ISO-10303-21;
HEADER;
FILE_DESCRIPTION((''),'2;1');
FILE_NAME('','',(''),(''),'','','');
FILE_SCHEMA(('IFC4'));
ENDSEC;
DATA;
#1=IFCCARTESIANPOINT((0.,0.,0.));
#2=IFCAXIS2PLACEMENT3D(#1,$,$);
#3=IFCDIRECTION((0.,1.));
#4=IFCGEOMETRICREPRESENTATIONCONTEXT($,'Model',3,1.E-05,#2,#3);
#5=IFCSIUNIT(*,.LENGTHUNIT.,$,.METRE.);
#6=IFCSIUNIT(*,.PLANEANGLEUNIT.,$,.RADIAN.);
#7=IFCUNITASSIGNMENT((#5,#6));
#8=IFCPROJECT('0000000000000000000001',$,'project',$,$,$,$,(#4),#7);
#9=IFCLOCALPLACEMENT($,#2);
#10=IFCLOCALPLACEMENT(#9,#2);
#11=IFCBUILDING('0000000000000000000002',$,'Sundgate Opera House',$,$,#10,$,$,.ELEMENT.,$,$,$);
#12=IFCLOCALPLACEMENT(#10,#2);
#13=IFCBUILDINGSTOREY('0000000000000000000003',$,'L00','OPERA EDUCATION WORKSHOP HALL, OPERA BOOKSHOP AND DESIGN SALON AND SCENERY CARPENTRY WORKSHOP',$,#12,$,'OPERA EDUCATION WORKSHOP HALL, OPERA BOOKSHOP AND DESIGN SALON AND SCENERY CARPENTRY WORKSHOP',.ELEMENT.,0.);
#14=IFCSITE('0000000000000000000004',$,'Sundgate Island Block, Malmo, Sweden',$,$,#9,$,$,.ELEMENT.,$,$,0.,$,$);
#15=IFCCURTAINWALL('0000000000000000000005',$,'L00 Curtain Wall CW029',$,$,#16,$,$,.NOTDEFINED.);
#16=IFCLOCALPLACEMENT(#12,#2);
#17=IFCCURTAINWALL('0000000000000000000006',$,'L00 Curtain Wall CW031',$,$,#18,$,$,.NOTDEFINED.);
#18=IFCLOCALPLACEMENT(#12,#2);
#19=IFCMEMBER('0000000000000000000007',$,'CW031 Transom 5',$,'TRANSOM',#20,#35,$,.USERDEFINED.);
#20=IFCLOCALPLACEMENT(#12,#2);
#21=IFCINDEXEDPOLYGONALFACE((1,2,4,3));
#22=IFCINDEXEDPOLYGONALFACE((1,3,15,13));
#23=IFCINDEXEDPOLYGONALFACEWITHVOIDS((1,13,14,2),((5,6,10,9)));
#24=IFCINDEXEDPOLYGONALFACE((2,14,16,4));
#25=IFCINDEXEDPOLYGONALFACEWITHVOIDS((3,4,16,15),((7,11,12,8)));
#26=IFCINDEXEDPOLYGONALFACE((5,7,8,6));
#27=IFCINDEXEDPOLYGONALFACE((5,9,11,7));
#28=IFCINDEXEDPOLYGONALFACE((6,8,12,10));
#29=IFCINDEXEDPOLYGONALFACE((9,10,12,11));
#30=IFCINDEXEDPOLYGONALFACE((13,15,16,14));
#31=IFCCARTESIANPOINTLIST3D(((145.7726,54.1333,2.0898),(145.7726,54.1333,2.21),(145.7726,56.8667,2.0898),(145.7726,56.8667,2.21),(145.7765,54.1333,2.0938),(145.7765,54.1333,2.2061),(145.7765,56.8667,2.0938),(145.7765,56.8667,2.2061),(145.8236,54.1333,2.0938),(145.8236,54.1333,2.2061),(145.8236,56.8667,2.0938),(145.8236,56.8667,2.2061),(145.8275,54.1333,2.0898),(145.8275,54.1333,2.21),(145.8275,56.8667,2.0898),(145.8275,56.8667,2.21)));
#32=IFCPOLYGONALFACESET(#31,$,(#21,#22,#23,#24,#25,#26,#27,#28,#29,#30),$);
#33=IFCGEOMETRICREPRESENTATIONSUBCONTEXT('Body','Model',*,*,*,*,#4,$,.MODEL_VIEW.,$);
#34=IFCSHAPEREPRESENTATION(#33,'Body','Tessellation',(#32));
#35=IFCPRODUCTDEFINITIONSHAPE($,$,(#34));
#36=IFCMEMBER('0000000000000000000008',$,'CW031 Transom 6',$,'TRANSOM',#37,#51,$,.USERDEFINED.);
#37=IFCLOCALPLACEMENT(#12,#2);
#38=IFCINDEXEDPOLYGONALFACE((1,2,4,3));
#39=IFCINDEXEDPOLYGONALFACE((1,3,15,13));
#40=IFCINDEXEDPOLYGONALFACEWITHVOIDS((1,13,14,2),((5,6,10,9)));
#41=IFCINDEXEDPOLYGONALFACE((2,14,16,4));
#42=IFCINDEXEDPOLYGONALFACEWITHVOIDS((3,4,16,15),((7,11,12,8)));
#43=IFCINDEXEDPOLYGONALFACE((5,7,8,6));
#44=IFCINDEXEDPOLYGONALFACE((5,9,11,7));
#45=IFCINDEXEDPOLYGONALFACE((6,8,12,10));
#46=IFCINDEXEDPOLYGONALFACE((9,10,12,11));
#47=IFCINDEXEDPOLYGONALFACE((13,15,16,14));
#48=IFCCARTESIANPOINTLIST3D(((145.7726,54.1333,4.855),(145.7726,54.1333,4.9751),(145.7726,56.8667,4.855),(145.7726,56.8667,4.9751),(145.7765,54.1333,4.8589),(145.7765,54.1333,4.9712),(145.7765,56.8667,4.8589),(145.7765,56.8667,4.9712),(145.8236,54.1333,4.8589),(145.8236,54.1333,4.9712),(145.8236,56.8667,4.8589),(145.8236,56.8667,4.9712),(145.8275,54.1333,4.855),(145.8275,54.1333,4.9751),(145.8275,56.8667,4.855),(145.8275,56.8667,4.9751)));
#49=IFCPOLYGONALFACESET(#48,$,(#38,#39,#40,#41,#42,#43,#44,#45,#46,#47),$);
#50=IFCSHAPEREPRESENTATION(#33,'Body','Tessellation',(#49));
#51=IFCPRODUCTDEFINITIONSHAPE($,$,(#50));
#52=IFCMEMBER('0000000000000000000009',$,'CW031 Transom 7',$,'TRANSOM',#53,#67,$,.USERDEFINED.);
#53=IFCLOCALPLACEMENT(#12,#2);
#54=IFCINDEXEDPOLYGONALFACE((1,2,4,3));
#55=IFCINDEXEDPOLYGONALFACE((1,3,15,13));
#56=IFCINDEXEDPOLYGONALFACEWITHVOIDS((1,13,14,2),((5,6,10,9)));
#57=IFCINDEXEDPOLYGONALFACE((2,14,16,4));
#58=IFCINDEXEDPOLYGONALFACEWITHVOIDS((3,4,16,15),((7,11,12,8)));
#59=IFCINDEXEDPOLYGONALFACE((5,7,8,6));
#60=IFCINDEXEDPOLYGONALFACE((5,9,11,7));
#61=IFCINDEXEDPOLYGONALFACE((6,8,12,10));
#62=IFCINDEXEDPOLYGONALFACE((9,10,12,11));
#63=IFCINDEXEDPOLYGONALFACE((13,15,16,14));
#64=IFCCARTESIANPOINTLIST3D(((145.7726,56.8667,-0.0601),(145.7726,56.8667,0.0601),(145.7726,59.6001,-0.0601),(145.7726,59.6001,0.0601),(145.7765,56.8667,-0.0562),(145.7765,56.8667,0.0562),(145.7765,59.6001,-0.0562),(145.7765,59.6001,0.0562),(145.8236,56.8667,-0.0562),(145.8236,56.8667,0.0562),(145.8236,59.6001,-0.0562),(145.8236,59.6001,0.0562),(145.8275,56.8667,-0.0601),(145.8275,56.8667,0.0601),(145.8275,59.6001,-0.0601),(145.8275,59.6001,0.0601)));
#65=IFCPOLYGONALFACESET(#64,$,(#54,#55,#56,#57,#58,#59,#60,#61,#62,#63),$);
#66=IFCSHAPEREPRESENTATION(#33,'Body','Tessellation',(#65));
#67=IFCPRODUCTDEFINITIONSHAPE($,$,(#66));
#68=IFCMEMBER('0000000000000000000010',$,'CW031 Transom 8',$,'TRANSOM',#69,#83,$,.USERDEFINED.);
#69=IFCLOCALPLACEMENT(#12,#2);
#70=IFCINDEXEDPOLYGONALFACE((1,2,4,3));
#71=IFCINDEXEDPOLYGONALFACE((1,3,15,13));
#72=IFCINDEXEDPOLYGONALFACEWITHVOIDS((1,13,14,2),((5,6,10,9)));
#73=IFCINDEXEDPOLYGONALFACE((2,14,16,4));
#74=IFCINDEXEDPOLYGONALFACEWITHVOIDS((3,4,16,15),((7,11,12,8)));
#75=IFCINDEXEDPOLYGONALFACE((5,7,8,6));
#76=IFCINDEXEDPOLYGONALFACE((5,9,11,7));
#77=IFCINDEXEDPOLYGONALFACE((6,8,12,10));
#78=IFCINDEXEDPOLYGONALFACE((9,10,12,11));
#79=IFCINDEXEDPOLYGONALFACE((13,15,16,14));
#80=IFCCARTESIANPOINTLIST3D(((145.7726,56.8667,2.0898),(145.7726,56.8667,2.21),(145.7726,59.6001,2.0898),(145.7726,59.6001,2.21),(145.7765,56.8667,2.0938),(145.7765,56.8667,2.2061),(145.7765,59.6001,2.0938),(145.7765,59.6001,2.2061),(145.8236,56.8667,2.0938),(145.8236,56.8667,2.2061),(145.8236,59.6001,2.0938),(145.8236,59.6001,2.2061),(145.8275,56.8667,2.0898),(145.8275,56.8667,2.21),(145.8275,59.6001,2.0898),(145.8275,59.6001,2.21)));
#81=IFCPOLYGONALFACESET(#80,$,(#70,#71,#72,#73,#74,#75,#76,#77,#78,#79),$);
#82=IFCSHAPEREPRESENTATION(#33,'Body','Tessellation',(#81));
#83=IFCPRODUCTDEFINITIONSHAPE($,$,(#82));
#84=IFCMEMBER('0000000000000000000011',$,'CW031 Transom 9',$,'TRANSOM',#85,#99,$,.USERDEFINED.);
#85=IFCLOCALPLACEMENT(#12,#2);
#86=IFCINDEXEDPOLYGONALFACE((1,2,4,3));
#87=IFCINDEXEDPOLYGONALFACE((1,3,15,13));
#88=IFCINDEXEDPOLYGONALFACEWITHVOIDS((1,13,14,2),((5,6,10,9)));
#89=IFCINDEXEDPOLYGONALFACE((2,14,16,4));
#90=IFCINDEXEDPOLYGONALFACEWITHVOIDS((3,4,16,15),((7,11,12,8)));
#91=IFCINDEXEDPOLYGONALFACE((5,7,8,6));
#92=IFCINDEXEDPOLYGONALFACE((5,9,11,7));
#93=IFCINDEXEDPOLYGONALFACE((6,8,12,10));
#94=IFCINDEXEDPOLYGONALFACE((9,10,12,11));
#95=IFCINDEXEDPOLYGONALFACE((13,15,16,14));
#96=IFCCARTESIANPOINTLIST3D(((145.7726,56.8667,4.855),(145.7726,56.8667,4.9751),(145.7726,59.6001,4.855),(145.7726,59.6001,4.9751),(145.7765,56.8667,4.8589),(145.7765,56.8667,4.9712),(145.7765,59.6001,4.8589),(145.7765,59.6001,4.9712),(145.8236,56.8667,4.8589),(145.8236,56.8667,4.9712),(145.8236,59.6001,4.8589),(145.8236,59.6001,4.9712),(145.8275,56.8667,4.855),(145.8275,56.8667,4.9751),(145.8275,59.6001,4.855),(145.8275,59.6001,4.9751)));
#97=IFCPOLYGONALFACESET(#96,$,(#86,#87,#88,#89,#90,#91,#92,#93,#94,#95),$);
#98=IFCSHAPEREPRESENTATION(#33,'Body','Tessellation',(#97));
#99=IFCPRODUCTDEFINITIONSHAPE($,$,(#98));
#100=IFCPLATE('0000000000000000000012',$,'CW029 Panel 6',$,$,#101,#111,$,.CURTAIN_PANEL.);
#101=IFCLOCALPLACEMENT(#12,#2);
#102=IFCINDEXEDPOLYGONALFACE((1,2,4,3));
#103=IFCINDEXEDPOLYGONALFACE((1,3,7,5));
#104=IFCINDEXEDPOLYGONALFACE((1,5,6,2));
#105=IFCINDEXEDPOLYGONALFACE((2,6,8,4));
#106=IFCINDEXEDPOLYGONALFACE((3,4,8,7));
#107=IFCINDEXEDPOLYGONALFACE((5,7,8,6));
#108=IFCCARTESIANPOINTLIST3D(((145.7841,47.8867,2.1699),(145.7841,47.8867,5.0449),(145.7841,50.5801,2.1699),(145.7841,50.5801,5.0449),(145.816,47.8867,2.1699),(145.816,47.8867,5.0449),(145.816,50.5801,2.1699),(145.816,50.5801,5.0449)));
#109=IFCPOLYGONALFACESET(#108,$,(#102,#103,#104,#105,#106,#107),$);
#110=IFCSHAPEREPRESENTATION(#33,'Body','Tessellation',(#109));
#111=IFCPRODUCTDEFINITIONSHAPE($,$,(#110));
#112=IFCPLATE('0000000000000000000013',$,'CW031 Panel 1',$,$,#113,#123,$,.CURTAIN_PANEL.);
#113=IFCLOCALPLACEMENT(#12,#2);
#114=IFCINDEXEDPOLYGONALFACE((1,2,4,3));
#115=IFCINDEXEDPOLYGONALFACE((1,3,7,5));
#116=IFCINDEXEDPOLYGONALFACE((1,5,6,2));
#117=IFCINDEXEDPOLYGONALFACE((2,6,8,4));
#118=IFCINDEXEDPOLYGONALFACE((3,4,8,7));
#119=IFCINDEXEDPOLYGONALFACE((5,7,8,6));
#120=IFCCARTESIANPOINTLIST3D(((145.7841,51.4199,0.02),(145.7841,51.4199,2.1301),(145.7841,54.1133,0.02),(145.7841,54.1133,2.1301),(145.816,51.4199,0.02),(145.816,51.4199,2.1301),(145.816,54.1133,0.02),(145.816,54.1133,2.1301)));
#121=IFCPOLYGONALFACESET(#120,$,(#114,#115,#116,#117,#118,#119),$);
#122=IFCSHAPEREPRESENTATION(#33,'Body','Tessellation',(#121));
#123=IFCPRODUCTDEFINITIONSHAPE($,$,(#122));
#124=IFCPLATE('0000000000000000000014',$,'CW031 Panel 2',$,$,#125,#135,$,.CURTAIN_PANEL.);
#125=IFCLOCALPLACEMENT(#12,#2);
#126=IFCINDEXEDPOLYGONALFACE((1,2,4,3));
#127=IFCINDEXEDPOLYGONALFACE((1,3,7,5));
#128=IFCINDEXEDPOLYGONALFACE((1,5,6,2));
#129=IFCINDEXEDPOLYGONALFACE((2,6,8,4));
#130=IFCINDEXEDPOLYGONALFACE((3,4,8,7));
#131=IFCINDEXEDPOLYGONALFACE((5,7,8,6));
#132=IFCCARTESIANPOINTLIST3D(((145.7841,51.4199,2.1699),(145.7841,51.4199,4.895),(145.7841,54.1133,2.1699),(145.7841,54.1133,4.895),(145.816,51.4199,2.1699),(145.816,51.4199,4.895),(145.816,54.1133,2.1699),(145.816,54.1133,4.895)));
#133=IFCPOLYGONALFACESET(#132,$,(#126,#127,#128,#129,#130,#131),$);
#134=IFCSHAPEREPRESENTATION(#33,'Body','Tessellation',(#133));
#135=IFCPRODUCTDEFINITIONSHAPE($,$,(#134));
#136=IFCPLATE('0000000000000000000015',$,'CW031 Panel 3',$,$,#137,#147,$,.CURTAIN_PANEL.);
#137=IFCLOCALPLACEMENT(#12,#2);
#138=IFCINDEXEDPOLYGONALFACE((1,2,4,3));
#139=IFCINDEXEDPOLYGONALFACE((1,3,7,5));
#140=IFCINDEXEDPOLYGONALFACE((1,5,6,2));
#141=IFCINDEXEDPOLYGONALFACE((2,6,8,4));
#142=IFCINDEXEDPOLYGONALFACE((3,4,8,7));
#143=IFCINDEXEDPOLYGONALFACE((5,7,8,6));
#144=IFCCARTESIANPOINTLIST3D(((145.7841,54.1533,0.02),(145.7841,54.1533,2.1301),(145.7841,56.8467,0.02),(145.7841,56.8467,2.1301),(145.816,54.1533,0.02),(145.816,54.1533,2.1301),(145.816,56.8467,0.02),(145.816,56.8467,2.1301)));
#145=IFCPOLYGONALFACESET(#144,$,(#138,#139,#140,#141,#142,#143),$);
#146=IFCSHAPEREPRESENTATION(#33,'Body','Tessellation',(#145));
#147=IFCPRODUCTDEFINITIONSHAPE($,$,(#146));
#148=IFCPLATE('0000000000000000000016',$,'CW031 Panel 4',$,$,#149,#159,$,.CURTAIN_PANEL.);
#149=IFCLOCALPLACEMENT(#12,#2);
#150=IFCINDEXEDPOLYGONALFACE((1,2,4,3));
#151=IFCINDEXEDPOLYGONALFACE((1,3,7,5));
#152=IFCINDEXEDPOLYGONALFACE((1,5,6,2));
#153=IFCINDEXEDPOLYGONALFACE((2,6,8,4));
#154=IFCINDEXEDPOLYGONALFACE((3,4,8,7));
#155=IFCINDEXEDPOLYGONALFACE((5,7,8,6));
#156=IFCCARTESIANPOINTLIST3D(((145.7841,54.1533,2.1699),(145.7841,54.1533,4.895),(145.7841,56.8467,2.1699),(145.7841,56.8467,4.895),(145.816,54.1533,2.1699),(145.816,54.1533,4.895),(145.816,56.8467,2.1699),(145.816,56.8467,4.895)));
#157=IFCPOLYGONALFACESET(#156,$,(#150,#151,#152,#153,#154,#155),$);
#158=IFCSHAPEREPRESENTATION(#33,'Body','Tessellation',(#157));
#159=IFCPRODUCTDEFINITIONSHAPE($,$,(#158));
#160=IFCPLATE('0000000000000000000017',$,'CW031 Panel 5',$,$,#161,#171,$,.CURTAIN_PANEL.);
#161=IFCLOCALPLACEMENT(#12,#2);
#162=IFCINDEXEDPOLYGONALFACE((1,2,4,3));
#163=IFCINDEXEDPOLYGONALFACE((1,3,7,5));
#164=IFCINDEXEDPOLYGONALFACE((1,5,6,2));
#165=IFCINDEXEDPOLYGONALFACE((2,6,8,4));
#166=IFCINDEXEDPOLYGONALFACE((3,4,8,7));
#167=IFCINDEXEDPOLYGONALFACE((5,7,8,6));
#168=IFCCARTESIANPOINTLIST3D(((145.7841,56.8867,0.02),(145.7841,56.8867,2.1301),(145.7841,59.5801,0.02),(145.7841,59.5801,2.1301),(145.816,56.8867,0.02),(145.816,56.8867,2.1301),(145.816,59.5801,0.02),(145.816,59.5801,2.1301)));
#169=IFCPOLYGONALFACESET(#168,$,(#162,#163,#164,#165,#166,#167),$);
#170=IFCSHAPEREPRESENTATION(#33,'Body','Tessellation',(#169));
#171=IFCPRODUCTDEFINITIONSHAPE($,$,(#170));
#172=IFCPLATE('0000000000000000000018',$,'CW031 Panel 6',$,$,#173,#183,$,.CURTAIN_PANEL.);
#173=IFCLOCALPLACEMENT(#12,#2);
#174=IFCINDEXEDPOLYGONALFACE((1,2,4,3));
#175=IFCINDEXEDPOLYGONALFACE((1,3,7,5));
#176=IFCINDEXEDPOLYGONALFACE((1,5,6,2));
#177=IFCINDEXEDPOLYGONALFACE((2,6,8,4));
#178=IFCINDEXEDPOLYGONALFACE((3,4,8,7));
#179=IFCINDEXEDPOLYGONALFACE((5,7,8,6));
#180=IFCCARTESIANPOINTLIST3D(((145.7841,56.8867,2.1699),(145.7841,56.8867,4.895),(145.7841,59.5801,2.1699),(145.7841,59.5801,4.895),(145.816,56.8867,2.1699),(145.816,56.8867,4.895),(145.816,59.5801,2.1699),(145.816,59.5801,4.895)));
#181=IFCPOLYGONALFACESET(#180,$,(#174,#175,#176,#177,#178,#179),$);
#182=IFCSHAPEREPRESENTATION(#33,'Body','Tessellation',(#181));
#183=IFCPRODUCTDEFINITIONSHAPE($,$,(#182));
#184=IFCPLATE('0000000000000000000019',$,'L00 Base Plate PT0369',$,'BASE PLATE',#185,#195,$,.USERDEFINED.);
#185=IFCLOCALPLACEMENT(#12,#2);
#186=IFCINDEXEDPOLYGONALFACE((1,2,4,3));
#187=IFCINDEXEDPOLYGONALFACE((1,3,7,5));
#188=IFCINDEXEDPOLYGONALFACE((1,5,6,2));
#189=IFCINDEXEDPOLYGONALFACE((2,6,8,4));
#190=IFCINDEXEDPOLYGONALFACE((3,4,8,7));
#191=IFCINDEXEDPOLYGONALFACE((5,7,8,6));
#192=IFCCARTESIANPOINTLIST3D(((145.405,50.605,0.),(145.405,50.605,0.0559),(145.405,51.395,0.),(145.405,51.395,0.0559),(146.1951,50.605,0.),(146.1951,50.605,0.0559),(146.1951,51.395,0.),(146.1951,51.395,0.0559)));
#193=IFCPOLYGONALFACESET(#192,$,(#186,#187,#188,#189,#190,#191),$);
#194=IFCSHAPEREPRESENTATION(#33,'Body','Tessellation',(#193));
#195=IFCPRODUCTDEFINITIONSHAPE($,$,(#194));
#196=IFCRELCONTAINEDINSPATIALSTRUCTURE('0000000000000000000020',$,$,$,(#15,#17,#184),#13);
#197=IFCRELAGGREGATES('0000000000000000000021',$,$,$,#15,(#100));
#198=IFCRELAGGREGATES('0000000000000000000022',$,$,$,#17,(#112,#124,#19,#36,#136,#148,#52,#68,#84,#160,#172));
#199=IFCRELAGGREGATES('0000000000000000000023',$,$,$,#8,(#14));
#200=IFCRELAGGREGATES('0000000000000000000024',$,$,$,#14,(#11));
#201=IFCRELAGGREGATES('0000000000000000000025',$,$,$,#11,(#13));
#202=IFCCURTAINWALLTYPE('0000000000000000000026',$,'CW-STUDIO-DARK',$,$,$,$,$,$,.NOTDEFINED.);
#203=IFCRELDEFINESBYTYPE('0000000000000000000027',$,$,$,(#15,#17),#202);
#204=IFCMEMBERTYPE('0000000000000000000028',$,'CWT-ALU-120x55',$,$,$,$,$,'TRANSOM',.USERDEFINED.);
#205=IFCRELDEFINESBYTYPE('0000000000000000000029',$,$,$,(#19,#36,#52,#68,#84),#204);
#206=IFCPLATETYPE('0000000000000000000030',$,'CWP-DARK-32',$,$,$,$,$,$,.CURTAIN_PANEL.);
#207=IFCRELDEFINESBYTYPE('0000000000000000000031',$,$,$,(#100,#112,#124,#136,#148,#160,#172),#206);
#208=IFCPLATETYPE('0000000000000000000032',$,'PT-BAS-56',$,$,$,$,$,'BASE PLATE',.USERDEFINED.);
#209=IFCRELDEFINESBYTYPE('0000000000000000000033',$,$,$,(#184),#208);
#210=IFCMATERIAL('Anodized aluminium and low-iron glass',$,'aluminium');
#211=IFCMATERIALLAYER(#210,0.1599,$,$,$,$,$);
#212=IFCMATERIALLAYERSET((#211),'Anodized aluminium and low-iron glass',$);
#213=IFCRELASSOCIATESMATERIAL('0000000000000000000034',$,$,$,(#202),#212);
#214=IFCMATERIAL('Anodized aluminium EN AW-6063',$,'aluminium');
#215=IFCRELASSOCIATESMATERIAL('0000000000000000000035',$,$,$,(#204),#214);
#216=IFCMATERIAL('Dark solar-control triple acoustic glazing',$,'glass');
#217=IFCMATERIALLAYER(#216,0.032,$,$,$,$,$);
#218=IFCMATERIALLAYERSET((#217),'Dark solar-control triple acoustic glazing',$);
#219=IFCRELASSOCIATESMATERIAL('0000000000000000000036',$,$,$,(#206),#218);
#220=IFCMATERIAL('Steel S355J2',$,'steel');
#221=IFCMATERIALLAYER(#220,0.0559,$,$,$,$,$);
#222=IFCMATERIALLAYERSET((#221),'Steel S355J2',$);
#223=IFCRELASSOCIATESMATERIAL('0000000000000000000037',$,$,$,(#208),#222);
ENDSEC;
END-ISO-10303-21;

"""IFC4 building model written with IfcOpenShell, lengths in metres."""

from ifc_helpers import new_model, si_unit, direction, frame, origin, origin_2d, place, context, subcontext, project, spatial, rectangle, hollow_rectangle, extrude, material, layer, layer_set, material_profile, profile_set, type_object, element, aggregate, save


model = new_model("IFC4")

# Units and contexts
model_context = context("Model", 3, precision=1e-05, world=origin(), true_north=direction((0.0, 1.0)))
body_context = subcontext(model_context, "Body", "Model", "MODEL_VIEW")
ifc_project = project(units=[si_unit("LENGTHUNIT", "METRE"), si_unit("PLANEANGLEUNIT", "RADIAN")], contexts=[model_context])

# Site, building, storey
site_placement = place(None, origin())
site = spatial("IfcSite", under=ifc_project, at=site_placement, Name="Sundgate Island Block, Malmo, Sweden", CompositionType="ELEMENT", RefElevation=0.0)
building_placement = place(site_placement, origin())
building = spatial("IfcBuilding", under=site, at=building_placement, Name="Sundgate Opera House", CompositionType="ELEMENT")
storey_placement = place(building_placement, origin())
storey = spatial("IfcBuildingStorey", under=building, at=storey_placement, Name="L00", Description="OPERA EDUCATION WORKSHOP HALL, OPERA BOOKSHOP AND DESIGN SALON AND SCENERY CARPENTRY WORKSHOP", LongName="OPERA EDUCATION WORKSHOP HALL, OPERA BOOKSHOP AND DESIGN SALON AND SCENERY CARPENTRY WORKSHOP", CompositionType="ELEMENT", Elevation=0.0)

# Curtain wall
ifc_material_1 = material(Name="Anodized aluminium and low-iron glass", Category="aluminium")
ifc_layer_1 = layer(ifc_material_1, 0.1599)
ifc_layer_set_1 = layer_set([ifc_layer_1], Name="Anodized aluminium and low-iron glass")
curtain_wall_type = type_object("IfcCurtainWallType", Name="CW-STUDIO-DARK", PredefinedType="NOTDEFINED", material=ifc_layer_set_1)
curtain_wall_1_placement = place(storey_placement, origin())
curtain_wall_1 = element("IfcCurtainWall", 1, at=curtain_wall_1_placement, inside=storey, type_object=curtain_wall_type, Name="L00 Curtain Wall CW029", PredefinedType="NOTDEFINED")

# Curtain wall, members
curtain_wall_2_placement = place(storey_placement, origin())
curtain_wall_2 = element("IfcCurtainWall", 2, at=curtain_wall_2_placement, inside=storey, type_object=curtain_wall_type, Name="L00 Curtain Wall CW031", PredefinedType="NOTDEFINED")
ifc_material_2 = material(Name="Anodized aluminium EN AW-6063", Category="aluminium")
ifc_material_profile_1 = material_profile(ifc_material_2, hollow_rectangle(XDim=0.0549, YDim=0.1201, WallThickness=0.0039, at=origin_2d()), Name="CWT 120x55x4")
ifc_profile_set_1 = profile_set([ifc_material_profile_1], Name="Anodized aluminium EN AW-6063")
member_type_1 = type_object("IfcMemberType", Name="CWT-ALU-120x55", ElementType="TRANSOM", PredefinedType="USERDEFINED", material=ifc_profile_set_1)
member_1_placement = place(storey_placement, frame((145.8, 54.1333, 2.1499), z_axis=(0.0, 1.0, 0.0), x_axis=(-1.0, 0.0, 0.0)))
member_1 = element("IfcMember", 3, at=member_1_placement, type_object=member_type_1, Name="CW031 Transom 5", ObjectType="TRANSOM", PredefinedType="USERDEFINED", context=body_context, shape_type="SweptSolid", body=[
    extrude(hollow_rectangle(XDim=0.0549, YDim=0.1201, WallThickness=0.0039, at=origin_2d()), origin(), (0.0, 0.0, 1.0), 2.7334),
])
member_2_placement = place(storey_placement, frame((145.8, 54.1333, 4.915), z_axis=(0.0, 1.0, 0.0), x_axis=(-1.0, 0.0, 0.0)))
member_2 = element("IfcMember", 4, at=member_2_placement, type_object=member_type_1, Name="CW031 Transom 6", ObjectType="TRANSOM", PredefinedType="USERDEFINED", context=body_context, shape_type="SweptSolid", body=[
    extrude(hollow_rectangle(XDim=0.0549, YDim=0.1201, WallThickness=0.0039, at=origin_2d()), origin(), (0.0, 0.0, 1.0), 2.7334),
])
member_3_placement = place(storey_placement, frame((145.8, 56.8667, 0.0), z_axis=(0.0, 1.0, 0.0), x_axis=(-1.0, 0.0, 0.0)))
member_3 = element("IfcMember", 5, at=member_3_placement, type_object=member_type_1, Name="CW031 Transom 7", ObjectType="TRANSOM", PredefinedType="USERDEFINED", context=body_context, shape_type="SweptSolid", body=[
    extrude(hollow_rectangle(XDim=0.0549, YDim=0.1201, WallThickness=0.0039, at=origin_2d()), origin(), (0.0, 0.0, 1.0), 2.7334),
])
member_4_placement = place(storey_placement, frame((145.8, 56.8667, 2.1499), z_axis=(0.0, 1.0, 0.0), x_axis=(-1.0, 0.0, 0.0)))
member_4 = element("IfcMember", 6, at=member_4_placement, type_object=member_type_1, Name="CW031 Transom 8", ObjectType="TRANSOM", PredefinedType="USERDEFINED", context=body_context, shape_type="SweptSolid", body=[
    extrude(hollow_rectangle(XDim=0.0549, YDim=0.1201, WallThickness=0.0039, at=origin_2d()), origin(), (0.0, 0.0, 1.0), 2.7334),
])
member_5_placement = place(storey_placement, frame((145.8, 56.8667, 4.915), z_axis=(0.0, 1.0, 0.0), x_axis=(-1.0, 0.0, 0.0)))
member_5 = element("IfcMember", 7, at=member_5_placement, type_object=member_type_1, Name="CW031 Transom 9", ObjectType="TRANSOM", PredefinedType="USERDEFINED", context=body_context, shape_type="SweptSolid", body=[
    extrude(hollow_rectangle(XDim=0.0549, YDim=0.1201, WallThickness=0.0039, at=origin_2d()), origin(), (0.0, 0.0, 1.0), 2.7334),
])

# Plates
ifc_material_3 = material(Name="Dark solar-control triple acoustic glazing", Category="glass")
ifc_layer_2 = layer(ifc_material_3, 0.032)
ifc_layer_set_2 = layer_set([ifc_layer_2], Name="Dark solar-control triple acoustic glazing")
plate_type_1 = type_object("IfcPlateType", Name="CWP-DARK-32", PredefinedType="CURTAIN_PANEL", material=ifc_layer_set_2)
plate_1_placement = place(storey_placement, frame((145.8, 49.2334, 2.1699), z_axis=(0.0, 0.0, 1.0), x_axis=(0.0, 1.0, 0.0)))
plate_1 = element("IfcPlate", 8, at=plate_1_placement, type_object=plate_type_1, Name="CW029 Panel 6", PredefinedType="CURTAIN_PANEL", context=body_context, shape_type="SweptSolid", body=[
    extrude(rectangle(XDim=2.6934, YDim=0.032, at=origin_2d()), origin(), (0.0, 0.0, 1.0), 2.875),
])
aggregate(curtain_wall_1, [plate_1])
plate_2_placement = place(storey_placement, frame((145.8, 52.7666, 0.02), z_axis=(0.0, 0.0, 1.0), x_axis=(0.0, 1.0, 0.0)))
plate_2 = element("IfcPlate", 9, at=plate_2_placement, type_object=plate_type_1, Name="CW031 Panel 1", PredefinedType="CURTAIN_PANEL", context=body_context, shape_type="SweptSolid", body=[
    extrude(rectangle(XDim=2.6934, YDim=0.032, at=origin_2d()), origin(), (0.0, 0.0, 1.0), 2.1101),
])
plate_3_placement = place(storey_placement, frame((145.8, 52.7666, 2.1699), z_axis=(0.0, 0.0, 1.0), x_axis=(0.0, 1.0, 0.0)))
plate_3 = element("IfcPlate", 10, at=plate_3_placement, type_object=plate_type_1, Name="CW031 Panel 2", PredefinedType="CURTAIN_PANEL", context=body_context, shape_type="SweptSolid", body=[
    extrude(rectangle(XDim=2.6934, YDim=0.032, at=origin_2d()), origin(), (0.0, 0.0, 1.0), 2.7251),
])
plate_4_placement = place(storey_placement, frame((145.8, 55.5, 0.02), z_axis=(0.0, 0.0, 1.0), x_axis=(0.0, 1.0, 0.0)))
plate_4 = element("IfcPlate", 11, at=plate_4_placement, type_object=plate_type_1, Name="CW031 Panel 3", PredefinedType="CURTAIN_PANEL", context=body_context, shape_type="SweptSolid", body=[
    extrude(rectangle(XDim=2.6934, YDim=0.032, at=origin_2d()), origin(), (0.0, 0.0, 1.0), 2.1101),
])
plate_5_placement = place(storey_placement, frame((145.8, 55.5, 2.1699), z_axis=(0.0, 0.0, 1.0), x_axis=(0.0, 1.0, 0.0)))
plate_5 = element("IfcPlate", 12, at=plate_5_placement, type_object=plate_type_1, Name="CW031 Panel 4", PredefinedType="CURTAIN_PANEL", context=body_context, shape_type="SweptSolid", body=[
    extrude(rectangle(XDim=2.6934, YDim=0.032, at=origin_2d()), origin(), (0.0, 0.0, 1.0), 2.7251),
])
plate_6_placement = place(storey_placement, frame((145.8, 58.2334, 0.02), z_axis=(0.0, 0.0, 1.0), x_axis=(0.0, 1.0, 0.0)))
plate_6 = element("IfcPlate", 13, at=plate_6_placement, type_object=plate_type_1, Name="CW031 Panel 5", PredefinedType="CURTAIN_PANEL", context=body_context, shape_type="SweptSolid", body=[
    extrude(rectangle(XDim=2.6934, YDim=0.032, at=origin_2d()), origin(), (0.0, 0.0, 1.0), 2.1101),
])
plate_7_placement = place(storey_placement, frame((145.8, 58.2334, 2.1699), z_axis=(0.0, 0.0, 1.0), x_axis=(0.0, 1.0, 0.0)))
plate_7 = element("IfcPlate", 14, at=plate_7_placement, type_object=plate_type_1, Name="CW031 Panel 6", PredefinedType="CURTAIN_PANEL", context=body_context, shape_type="SweptSolid", body=[
    extrude(rectangle(XDim=2.6934, YDim=0.032, at=origin_2d()), origin(), (0.0, 0.0, 1.0), 2.7251),
])
aggregate(curtain_wall_2, [plate_2, plate_3, member_1, member_2, plate_4, plate_5, member_3, member_4, member_5, plate_6, plate_7])
ifc_material_4 = material(Name="Steel S355J2", Category="steel")
ifc_layer_3 = layer(ifc_material_4, 0.0559)
ifc_layer_set_3 = layer_set([ifc_layer_3], Name="Steel S355J2")
plate_type_2 = type_object("IfcPlateType", Name="PT-BAS-56", ElementType="BASE PLATE", PredefinedType="USERDEFINED", material=ifc_layer_set_3)
plate_8_placement = place(storey_placement, frame((145.8, 51.0, 0.0), z_axis=(0.0, 0.0, 1.0), x_axis=(1.0, 0.0, 0.0)))
element("IfcPlate", 15, at=plate_8_placement, inside=storey, type_object=plate_type_2, Name="L00 Base Plate PT0369", ObjectType="BASE PLATE", PredefinedType="USERDEFINED", context=body_context, shape_type="SweptSolid", body=[
    extrude(rectangle(XDim=0.79, YDim=0.79, at=origin_2d()), origin(), (0.0, 0.0, 1.0), 0.0559),
])

save(model, "model.ifc")
